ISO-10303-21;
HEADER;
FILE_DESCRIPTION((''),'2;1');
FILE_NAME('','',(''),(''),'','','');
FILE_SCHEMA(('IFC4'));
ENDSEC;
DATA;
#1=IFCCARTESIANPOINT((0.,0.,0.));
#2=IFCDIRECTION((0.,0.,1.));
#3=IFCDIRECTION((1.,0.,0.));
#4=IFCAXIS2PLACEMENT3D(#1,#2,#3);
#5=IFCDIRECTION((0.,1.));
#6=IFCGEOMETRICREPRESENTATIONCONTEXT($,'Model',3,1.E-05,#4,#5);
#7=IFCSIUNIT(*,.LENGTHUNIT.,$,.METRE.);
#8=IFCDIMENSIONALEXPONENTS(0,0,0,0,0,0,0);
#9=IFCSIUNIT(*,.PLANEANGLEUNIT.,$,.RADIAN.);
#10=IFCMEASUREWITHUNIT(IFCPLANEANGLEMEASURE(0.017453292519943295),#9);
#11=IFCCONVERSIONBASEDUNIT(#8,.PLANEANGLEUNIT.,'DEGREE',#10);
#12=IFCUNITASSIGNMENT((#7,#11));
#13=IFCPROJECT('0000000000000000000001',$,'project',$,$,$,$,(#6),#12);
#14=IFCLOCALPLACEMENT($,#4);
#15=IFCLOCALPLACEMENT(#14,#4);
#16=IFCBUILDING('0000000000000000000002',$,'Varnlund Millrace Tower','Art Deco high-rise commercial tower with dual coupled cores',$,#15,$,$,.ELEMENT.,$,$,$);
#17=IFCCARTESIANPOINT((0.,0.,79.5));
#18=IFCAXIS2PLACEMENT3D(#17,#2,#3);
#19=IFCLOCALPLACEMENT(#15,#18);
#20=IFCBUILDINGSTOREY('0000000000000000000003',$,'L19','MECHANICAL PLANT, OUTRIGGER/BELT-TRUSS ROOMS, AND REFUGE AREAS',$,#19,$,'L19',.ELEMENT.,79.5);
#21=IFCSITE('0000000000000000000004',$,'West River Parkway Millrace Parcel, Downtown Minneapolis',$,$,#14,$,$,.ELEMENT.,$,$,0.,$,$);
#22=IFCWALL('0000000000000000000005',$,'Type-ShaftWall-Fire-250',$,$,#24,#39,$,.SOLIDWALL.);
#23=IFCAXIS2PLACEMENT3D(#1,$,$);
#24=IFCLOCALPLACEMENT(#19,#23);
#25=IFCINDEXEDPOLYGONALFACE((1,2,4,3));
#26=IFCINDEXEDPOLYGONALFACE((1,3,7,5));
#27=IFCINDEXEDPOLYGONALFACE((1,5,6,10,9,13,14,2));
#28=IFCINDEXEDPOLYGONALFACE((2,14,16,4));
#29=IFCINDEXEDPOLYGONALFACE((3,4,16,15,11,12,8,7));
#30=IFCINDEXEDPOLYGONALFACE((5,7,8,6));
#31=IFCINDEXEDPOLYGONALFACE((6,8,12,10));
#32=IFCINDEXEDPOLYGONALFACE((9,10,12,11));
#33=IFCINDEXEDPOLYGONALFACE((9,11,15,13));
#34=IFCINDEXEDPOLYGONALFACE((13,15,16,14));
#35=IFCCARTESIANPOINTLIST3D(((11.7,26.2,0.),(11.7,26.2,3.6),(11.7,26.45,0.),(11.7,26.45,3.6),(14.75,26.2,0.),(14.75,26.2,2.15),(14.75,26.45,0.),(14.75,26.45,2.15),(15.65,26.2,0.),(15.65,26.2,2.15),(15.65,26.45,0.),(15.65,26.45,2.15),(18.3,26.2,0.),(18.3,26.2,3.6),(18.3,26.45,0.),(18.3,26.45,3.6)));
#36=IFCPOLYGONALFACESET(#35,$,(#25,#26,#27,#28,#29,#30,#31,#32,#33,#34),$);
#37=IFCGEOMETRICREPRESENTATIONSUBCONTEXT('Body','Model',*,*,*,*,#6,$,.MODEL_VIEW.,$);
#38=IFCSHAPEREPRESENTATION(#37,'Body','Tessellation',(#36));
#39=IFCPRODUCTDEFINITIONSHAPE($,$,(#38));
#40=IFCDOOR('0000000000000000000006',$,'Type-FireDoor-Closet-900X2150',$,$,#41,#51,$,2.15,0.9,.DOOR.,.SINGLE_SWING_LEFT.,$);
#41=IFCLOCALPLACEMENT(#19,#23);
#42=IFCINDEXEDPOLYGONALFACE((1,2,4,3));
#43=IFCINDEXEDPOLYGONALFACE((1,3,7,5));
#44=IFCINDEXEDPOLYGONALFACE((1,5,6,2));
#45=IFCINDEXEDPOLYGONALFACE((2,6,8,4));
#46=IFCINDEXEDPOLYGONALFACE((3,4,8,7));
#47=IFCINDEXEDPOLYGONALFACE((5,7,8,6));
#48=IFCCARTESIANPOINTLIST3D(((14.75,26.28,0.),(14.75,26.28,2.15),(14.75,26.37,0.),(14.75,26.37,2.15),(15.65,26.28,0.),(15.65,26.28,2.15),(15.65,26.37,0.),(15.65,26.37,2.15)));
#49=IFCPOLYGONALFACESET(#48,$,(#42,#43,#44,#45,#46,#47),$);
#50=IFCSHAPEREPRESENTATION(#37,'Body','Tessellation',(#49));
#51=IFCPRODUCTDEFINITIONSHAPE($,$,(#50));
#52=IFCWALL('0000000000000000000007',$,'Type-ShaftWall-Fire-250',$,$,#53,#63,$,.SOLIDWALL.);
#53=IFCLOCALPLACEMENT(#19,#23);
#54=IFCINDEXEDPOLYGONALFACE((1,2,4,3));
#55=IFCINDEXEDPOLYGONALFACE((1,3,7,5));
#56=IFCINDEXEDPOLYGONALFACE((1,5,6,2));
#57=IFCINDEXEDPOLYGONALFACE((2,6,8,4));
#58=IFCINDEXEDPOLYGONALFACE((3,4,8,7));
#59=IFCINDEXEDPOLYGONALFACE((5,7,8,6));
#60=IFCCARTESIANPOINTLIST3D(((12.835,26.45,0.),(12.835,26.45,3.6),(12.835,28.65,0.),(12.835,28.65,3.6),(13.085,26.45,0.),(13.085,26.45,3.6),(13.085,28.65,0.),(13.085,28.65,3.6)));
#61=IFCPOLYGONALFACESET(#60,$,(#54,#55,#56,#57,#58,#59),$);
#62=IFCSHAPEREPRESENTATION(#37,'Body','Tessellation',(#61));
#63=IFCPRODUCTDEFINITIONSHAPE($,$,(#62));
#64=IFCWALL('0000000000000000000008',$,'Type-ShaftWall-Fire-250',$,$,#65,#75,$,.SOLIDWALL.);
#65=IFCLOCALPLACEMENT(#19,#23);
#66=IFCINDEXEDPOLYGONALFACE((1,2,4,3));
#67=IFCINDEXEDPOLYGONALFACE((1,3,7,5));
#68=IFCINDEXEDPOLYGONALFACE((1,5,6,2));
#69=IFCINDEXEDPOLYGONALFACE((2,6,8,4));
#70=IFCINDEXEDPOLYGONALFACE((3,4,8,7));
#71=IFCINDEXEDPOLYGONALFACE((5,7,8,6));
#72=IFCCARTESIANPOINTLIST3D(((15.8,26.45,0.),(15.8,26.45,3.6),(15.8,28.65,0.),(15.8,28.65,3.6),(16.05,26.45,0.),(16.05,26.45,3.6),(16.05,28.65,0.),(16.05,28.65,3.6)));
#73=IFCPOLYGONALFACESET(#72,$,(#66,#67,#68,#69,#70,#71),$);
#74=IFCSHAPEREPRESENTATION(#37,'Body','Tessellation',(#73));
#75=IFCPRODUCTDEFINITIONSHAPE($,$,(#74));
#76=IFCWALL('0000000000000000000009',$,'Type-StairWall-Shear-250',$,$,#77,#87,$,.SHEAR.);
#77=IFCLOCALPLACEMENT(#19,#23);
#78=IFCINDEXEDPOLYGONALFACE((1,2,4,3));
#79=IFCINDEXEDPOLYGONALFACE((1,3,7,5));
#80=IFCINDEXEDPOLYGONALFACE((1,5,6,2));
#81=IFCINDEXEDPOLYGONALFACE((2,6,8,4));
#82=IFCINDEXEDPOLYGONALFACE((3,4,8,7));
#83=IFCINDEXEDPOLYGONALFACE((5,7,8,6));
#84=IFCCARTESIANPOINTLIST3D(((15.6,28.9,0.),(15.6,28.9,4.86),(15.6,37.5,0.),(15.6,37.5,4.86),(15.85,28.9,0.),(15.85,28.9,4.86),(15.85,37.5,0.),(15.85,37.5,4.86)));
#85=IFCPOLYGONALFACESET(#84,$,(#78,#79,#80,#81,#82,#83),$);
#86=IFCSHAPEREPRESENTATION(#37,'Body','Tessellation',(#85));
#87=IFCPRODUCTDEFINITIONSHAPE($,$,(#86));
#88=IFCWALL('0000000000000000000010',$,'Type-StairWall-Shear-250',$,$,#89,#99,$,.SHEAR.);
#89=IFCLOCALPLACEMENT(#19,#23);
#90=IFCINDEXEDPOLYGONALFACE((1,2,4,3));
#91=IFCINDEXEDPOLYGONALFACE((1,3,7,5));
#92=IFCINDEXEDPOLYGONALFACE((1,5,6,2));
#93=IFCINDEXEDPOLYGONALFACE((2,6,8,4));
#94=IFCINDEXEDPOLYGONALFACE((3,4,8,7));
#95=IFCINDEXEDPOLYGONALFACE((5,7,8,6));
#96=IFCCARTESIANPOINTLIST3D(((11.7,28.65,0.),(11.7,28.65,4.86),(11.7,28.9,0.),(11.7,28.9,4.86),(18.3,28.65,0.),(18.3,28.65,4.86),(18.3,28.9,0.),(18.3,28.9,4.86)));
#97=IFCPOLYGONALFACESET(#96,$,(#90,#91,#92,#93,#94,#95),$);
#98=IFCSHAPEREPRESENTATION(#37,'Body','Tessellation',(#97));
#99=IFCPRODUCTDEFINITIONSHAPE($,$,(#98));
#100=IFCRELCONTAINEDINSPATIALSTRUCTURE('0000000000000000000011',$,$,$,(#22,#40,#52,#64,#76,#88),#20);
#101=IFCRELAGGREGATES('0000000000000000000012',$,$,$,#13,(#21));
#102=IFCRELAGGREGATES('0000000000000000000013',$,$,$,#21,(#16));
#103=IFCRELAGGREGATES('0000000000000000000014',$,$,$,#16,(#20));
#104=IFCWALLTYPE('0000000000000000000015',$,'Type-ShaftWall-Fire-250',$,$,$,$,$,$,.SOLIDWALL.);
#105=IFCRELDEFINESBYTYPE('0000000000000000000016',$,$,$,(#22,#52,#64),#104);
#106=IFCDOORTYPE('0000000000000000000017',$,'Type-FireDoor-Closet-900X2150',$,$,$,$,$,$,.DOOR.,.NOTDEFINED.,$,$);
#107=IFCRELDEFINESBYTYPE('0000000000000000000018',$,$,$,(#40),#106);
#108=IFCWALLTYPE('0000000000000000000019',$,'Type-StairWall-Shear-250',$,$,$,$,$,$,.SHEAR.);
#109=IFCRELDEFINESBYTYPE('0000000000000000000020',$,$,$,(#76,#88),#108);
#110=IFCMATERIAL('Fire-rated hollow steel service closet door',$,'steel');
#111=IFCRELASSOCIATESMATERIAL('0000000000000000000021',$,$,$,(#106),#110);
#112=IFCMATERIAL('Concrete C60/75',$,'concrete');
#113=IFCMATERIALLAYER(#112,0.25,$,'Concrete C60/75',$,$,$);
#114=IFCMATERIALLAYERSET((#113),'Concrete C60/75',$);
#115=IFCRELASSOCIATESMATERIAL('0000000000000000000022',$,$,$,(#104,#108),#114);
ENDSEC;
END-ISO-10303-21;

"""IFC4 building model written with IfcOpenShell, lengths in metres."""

from ifc_helpers import new_model, entity, si_unit, converted_unit, direction, frame, origin_with_axes, origin_2d_with_axis, place, context, subcontext, project, spatial, polyline, rectangle, outline, extrude, material, layer, layer_set, type_object, element, fill, save


model = new_model("IFC4")

# Units and contexts
model_context = context("Model", 3, precision=1e-05, world=origin_with_axes(), true_north=direction((0.0, 1.0)))
body_context = subcontext(model_context, "Body", "Model", "MODEL_VIEW")
ifc_project = project(units=[si_unit("LENGTHUNIT", "METRE"), converted_unit("PLANEANGLEUNIT", "DEGREE", entity("IfcPlaneAngleMeasure", 0.017453292519943295), si_unit("PLANEANGLEUNIT", "RADIAN"), dimensions=[0, 0, 0, 0, 0, 0, 0])], contexts=[model_context])

# Site, building, storey
site_placement = place(None, origin_with_axes())
site = spatial("IfcSite", under=ifc_project, at=site_placement, Name="West River Parkway Millrace Parcel, Downtown Minneapolis", CompositionType="ELEMENT", RefElevation=0.0)
building_placement = place(site_placement, origin_with_axes())
building = spatial("IfcBuilding", under=site, at=building_placement, Name="Varnlund Millrace Tower", Description="Art Deco high-rise commercial tower with dual coupled cores", CompositionType="ELEMENT")
storey_placement = place(building_placement, frame((0.0, 0.0, 79.5), z_axis=(0.0, 0.0, 1.0), x_axis=(1.0, 0.0, 0.0)))
storey = spatial("IfcBuildingStorey", under=building, at=storey_placement, Name="L19", Description="MECHANICAL PLANT, OUTRIGGER/BELT-TRUSS ROOMS, AND REFUGE AREAS", LongName="L19", CompositionType="ELEMENT", Elevation=79.5)

# Shared definitions
ifc_material_1 = material(Name="Fire-rated hollow steel service closet door", Category="steel")
door_type_1 = type_object("IfcDoorType", Name="Type-FireDoor-Closet-900X2150", OperationType="NOTDEFINED", PredefinedType="DOOR", material=ifc_material_1)

# Wall, opening, door
ifc_material_2 = material(Name="Concrete C60/75", Category="concrete")
ifc_layer_1 = layer(ifc_material_2, 0.25, Name="Concrete C60/75")
ifc_layer_set_1 = layer_set([ifc_layer_1], Name="Concrete C60/75")
wall_type_1 = type_object("IfcWallType", Name="Type-ShaftWall-Fire-250", PredefinedType="SOLIDWALL", material=ifc_layer_set_1)
wall_1_placement = place(storey_placement, frame((11.7, 26.325, 0.0), z_axis=(0.0, 0.0, 1.0), x_axis=(1.0, 0.0, 0.0)))
wall_1 = element("IfcWall", 1, at=wall_1_placement, inside=storey, type_object=wall_type_1, Name="Type-ShaftWall-Fire-250", PredefinedType="SOLIDWALL", context=body_context, shape_type="SweptSolid", body=[
    extrude(outline(polyline([(0.0, -0.125), (6.6, -0.125), (6.6, 0.125), (0.0, 0.125), (0.0, -0.125)])), origin_with_axes(), (0.0, 0.0, 1.0), 3.6),
])
opening_1_placement = place(wall_1_placement, frame((3.5, 0.0, 0.0), z_axis=(0.0, 0.0, 1.0), x_axis=(1.0, 0.0, 0.0)))
opening_1 = element("IfcOpeningElement", 2, at=opening_1_placement, cuts=wall_1, PredefinedType="OPENING", context=body_context, shape_type="SweptSolid", body=[
    extrude(rectangle(XDim=0.9, YDim=0.27, at=origin_2d_with_axis()), origin_with_axes(), (0.0, 0.0, 1.0), 2.15),
])
door_1_placement = place(wall_1_placement, frame((3.5, 0.0, 0.0), z_axis=(0.0, 0.0, 1.0), x_axis=(1.0, 0.0, 0.0)))
door_1 = element("IfcDoor", 3, at=door_1_placement, inside=storey, type_object=door_type_1, Name="Type-FireDoor-Closet-900X2150", OperationType="SINGLE_SWING_LEFT", OverallHeight=2.15, OverallWidth=0.9, PredefinedType="DOOR", context=body_context, shape_type="SweptSolid", body=[
    extrude(rectangle(XDim=0.9, YDim=0.09, at=origin_2d_with_axis()), origin_with_axes(), (0.0, 0.0, 1.0), 2.15),
])
fill(opening_1, door_1)

# Walls
for number, where, z_axis, x_axis, name in (
    (4, (12.96, 26.45, 0.0), (0.0, 0.0, 1.0), (0.0, 1.0, 0.0), "Type-ShaftWall-Fire-250"),
    (5, (15.925, 26.45, 0.0), (0.0, 0.0, 1.0), (0.0, 1.0, 0.0), "Type-ShaftWall-Fire-250"),
):
    element("IfcWall", number, at=place(storey_placement, frame(where, z_axis=z_axis, x_axis=x_axis)), inside=storey, type_object=wall_type_1, Name=name, PredefinedType="SOLIDWALL", context=body_context, shape_type="SweptSolid", body=[
        extrude(outline(polyline([(0.0, -0.125), (2.2, -0.125), (2.2, 0.125), (0.0, 0.125), (0.0, -0.125)])), origin_with_axes(), (0.0, 0.0, 1.0), 3.6),
    ])
wall_type_2 = type_object("IfcWallType", Name="Type-StairWall-Shear-250", PredefinedType="SHEAR", material=ifc_layer_set_1)
wall_2_placement = place(storey_placement, frame((15.725, 28.9, 0.0), z_axis=(0.0, 0.0, 1.0), x_axis=(0.0, 1.0, 0.0)))
element("IfcWall", 6, at=wall_2_placement, inside=storey, type_object=wall_type_2, Name="Type-StairWall-Shear-250", PredefinedType="SHEAR", context=body_context, shape_type="SweptSolid", body=[
    extrude(outline(polyline([(0.0, -0.125), (8.6, -0.125), (8.6, 0.125), (0.0, 0.125), (0.0, -0.125)])), origin_with_axes(), (0.0, 0.0, 1.0), 4.86),
])
wall_3_placement = place(storey_placement, frame((11.7, 28.775, 0.0), z_axis=(0.0, 0.0, 1.0), x_axis=(1.0, 0.0, 0.0)))
element("IfcWall", 7, at=wall_3_placement, inside=storey, type_object=wall_type_2, Name="Type-StairWall-Shear-250", PredefinedType="SHEAR", context=body_context, shape_type="SweptSolid", body=[
    extrude(outline(polyline([(0.0, -0.125), (6.6, -0.125), (6.6, 0.125), (0.0, 0.125), (0.0, -0.125)])), origin_with_axes(), (0.0, 0.0, 1.0), 4.86),
])

save(model, "model.ifc")
